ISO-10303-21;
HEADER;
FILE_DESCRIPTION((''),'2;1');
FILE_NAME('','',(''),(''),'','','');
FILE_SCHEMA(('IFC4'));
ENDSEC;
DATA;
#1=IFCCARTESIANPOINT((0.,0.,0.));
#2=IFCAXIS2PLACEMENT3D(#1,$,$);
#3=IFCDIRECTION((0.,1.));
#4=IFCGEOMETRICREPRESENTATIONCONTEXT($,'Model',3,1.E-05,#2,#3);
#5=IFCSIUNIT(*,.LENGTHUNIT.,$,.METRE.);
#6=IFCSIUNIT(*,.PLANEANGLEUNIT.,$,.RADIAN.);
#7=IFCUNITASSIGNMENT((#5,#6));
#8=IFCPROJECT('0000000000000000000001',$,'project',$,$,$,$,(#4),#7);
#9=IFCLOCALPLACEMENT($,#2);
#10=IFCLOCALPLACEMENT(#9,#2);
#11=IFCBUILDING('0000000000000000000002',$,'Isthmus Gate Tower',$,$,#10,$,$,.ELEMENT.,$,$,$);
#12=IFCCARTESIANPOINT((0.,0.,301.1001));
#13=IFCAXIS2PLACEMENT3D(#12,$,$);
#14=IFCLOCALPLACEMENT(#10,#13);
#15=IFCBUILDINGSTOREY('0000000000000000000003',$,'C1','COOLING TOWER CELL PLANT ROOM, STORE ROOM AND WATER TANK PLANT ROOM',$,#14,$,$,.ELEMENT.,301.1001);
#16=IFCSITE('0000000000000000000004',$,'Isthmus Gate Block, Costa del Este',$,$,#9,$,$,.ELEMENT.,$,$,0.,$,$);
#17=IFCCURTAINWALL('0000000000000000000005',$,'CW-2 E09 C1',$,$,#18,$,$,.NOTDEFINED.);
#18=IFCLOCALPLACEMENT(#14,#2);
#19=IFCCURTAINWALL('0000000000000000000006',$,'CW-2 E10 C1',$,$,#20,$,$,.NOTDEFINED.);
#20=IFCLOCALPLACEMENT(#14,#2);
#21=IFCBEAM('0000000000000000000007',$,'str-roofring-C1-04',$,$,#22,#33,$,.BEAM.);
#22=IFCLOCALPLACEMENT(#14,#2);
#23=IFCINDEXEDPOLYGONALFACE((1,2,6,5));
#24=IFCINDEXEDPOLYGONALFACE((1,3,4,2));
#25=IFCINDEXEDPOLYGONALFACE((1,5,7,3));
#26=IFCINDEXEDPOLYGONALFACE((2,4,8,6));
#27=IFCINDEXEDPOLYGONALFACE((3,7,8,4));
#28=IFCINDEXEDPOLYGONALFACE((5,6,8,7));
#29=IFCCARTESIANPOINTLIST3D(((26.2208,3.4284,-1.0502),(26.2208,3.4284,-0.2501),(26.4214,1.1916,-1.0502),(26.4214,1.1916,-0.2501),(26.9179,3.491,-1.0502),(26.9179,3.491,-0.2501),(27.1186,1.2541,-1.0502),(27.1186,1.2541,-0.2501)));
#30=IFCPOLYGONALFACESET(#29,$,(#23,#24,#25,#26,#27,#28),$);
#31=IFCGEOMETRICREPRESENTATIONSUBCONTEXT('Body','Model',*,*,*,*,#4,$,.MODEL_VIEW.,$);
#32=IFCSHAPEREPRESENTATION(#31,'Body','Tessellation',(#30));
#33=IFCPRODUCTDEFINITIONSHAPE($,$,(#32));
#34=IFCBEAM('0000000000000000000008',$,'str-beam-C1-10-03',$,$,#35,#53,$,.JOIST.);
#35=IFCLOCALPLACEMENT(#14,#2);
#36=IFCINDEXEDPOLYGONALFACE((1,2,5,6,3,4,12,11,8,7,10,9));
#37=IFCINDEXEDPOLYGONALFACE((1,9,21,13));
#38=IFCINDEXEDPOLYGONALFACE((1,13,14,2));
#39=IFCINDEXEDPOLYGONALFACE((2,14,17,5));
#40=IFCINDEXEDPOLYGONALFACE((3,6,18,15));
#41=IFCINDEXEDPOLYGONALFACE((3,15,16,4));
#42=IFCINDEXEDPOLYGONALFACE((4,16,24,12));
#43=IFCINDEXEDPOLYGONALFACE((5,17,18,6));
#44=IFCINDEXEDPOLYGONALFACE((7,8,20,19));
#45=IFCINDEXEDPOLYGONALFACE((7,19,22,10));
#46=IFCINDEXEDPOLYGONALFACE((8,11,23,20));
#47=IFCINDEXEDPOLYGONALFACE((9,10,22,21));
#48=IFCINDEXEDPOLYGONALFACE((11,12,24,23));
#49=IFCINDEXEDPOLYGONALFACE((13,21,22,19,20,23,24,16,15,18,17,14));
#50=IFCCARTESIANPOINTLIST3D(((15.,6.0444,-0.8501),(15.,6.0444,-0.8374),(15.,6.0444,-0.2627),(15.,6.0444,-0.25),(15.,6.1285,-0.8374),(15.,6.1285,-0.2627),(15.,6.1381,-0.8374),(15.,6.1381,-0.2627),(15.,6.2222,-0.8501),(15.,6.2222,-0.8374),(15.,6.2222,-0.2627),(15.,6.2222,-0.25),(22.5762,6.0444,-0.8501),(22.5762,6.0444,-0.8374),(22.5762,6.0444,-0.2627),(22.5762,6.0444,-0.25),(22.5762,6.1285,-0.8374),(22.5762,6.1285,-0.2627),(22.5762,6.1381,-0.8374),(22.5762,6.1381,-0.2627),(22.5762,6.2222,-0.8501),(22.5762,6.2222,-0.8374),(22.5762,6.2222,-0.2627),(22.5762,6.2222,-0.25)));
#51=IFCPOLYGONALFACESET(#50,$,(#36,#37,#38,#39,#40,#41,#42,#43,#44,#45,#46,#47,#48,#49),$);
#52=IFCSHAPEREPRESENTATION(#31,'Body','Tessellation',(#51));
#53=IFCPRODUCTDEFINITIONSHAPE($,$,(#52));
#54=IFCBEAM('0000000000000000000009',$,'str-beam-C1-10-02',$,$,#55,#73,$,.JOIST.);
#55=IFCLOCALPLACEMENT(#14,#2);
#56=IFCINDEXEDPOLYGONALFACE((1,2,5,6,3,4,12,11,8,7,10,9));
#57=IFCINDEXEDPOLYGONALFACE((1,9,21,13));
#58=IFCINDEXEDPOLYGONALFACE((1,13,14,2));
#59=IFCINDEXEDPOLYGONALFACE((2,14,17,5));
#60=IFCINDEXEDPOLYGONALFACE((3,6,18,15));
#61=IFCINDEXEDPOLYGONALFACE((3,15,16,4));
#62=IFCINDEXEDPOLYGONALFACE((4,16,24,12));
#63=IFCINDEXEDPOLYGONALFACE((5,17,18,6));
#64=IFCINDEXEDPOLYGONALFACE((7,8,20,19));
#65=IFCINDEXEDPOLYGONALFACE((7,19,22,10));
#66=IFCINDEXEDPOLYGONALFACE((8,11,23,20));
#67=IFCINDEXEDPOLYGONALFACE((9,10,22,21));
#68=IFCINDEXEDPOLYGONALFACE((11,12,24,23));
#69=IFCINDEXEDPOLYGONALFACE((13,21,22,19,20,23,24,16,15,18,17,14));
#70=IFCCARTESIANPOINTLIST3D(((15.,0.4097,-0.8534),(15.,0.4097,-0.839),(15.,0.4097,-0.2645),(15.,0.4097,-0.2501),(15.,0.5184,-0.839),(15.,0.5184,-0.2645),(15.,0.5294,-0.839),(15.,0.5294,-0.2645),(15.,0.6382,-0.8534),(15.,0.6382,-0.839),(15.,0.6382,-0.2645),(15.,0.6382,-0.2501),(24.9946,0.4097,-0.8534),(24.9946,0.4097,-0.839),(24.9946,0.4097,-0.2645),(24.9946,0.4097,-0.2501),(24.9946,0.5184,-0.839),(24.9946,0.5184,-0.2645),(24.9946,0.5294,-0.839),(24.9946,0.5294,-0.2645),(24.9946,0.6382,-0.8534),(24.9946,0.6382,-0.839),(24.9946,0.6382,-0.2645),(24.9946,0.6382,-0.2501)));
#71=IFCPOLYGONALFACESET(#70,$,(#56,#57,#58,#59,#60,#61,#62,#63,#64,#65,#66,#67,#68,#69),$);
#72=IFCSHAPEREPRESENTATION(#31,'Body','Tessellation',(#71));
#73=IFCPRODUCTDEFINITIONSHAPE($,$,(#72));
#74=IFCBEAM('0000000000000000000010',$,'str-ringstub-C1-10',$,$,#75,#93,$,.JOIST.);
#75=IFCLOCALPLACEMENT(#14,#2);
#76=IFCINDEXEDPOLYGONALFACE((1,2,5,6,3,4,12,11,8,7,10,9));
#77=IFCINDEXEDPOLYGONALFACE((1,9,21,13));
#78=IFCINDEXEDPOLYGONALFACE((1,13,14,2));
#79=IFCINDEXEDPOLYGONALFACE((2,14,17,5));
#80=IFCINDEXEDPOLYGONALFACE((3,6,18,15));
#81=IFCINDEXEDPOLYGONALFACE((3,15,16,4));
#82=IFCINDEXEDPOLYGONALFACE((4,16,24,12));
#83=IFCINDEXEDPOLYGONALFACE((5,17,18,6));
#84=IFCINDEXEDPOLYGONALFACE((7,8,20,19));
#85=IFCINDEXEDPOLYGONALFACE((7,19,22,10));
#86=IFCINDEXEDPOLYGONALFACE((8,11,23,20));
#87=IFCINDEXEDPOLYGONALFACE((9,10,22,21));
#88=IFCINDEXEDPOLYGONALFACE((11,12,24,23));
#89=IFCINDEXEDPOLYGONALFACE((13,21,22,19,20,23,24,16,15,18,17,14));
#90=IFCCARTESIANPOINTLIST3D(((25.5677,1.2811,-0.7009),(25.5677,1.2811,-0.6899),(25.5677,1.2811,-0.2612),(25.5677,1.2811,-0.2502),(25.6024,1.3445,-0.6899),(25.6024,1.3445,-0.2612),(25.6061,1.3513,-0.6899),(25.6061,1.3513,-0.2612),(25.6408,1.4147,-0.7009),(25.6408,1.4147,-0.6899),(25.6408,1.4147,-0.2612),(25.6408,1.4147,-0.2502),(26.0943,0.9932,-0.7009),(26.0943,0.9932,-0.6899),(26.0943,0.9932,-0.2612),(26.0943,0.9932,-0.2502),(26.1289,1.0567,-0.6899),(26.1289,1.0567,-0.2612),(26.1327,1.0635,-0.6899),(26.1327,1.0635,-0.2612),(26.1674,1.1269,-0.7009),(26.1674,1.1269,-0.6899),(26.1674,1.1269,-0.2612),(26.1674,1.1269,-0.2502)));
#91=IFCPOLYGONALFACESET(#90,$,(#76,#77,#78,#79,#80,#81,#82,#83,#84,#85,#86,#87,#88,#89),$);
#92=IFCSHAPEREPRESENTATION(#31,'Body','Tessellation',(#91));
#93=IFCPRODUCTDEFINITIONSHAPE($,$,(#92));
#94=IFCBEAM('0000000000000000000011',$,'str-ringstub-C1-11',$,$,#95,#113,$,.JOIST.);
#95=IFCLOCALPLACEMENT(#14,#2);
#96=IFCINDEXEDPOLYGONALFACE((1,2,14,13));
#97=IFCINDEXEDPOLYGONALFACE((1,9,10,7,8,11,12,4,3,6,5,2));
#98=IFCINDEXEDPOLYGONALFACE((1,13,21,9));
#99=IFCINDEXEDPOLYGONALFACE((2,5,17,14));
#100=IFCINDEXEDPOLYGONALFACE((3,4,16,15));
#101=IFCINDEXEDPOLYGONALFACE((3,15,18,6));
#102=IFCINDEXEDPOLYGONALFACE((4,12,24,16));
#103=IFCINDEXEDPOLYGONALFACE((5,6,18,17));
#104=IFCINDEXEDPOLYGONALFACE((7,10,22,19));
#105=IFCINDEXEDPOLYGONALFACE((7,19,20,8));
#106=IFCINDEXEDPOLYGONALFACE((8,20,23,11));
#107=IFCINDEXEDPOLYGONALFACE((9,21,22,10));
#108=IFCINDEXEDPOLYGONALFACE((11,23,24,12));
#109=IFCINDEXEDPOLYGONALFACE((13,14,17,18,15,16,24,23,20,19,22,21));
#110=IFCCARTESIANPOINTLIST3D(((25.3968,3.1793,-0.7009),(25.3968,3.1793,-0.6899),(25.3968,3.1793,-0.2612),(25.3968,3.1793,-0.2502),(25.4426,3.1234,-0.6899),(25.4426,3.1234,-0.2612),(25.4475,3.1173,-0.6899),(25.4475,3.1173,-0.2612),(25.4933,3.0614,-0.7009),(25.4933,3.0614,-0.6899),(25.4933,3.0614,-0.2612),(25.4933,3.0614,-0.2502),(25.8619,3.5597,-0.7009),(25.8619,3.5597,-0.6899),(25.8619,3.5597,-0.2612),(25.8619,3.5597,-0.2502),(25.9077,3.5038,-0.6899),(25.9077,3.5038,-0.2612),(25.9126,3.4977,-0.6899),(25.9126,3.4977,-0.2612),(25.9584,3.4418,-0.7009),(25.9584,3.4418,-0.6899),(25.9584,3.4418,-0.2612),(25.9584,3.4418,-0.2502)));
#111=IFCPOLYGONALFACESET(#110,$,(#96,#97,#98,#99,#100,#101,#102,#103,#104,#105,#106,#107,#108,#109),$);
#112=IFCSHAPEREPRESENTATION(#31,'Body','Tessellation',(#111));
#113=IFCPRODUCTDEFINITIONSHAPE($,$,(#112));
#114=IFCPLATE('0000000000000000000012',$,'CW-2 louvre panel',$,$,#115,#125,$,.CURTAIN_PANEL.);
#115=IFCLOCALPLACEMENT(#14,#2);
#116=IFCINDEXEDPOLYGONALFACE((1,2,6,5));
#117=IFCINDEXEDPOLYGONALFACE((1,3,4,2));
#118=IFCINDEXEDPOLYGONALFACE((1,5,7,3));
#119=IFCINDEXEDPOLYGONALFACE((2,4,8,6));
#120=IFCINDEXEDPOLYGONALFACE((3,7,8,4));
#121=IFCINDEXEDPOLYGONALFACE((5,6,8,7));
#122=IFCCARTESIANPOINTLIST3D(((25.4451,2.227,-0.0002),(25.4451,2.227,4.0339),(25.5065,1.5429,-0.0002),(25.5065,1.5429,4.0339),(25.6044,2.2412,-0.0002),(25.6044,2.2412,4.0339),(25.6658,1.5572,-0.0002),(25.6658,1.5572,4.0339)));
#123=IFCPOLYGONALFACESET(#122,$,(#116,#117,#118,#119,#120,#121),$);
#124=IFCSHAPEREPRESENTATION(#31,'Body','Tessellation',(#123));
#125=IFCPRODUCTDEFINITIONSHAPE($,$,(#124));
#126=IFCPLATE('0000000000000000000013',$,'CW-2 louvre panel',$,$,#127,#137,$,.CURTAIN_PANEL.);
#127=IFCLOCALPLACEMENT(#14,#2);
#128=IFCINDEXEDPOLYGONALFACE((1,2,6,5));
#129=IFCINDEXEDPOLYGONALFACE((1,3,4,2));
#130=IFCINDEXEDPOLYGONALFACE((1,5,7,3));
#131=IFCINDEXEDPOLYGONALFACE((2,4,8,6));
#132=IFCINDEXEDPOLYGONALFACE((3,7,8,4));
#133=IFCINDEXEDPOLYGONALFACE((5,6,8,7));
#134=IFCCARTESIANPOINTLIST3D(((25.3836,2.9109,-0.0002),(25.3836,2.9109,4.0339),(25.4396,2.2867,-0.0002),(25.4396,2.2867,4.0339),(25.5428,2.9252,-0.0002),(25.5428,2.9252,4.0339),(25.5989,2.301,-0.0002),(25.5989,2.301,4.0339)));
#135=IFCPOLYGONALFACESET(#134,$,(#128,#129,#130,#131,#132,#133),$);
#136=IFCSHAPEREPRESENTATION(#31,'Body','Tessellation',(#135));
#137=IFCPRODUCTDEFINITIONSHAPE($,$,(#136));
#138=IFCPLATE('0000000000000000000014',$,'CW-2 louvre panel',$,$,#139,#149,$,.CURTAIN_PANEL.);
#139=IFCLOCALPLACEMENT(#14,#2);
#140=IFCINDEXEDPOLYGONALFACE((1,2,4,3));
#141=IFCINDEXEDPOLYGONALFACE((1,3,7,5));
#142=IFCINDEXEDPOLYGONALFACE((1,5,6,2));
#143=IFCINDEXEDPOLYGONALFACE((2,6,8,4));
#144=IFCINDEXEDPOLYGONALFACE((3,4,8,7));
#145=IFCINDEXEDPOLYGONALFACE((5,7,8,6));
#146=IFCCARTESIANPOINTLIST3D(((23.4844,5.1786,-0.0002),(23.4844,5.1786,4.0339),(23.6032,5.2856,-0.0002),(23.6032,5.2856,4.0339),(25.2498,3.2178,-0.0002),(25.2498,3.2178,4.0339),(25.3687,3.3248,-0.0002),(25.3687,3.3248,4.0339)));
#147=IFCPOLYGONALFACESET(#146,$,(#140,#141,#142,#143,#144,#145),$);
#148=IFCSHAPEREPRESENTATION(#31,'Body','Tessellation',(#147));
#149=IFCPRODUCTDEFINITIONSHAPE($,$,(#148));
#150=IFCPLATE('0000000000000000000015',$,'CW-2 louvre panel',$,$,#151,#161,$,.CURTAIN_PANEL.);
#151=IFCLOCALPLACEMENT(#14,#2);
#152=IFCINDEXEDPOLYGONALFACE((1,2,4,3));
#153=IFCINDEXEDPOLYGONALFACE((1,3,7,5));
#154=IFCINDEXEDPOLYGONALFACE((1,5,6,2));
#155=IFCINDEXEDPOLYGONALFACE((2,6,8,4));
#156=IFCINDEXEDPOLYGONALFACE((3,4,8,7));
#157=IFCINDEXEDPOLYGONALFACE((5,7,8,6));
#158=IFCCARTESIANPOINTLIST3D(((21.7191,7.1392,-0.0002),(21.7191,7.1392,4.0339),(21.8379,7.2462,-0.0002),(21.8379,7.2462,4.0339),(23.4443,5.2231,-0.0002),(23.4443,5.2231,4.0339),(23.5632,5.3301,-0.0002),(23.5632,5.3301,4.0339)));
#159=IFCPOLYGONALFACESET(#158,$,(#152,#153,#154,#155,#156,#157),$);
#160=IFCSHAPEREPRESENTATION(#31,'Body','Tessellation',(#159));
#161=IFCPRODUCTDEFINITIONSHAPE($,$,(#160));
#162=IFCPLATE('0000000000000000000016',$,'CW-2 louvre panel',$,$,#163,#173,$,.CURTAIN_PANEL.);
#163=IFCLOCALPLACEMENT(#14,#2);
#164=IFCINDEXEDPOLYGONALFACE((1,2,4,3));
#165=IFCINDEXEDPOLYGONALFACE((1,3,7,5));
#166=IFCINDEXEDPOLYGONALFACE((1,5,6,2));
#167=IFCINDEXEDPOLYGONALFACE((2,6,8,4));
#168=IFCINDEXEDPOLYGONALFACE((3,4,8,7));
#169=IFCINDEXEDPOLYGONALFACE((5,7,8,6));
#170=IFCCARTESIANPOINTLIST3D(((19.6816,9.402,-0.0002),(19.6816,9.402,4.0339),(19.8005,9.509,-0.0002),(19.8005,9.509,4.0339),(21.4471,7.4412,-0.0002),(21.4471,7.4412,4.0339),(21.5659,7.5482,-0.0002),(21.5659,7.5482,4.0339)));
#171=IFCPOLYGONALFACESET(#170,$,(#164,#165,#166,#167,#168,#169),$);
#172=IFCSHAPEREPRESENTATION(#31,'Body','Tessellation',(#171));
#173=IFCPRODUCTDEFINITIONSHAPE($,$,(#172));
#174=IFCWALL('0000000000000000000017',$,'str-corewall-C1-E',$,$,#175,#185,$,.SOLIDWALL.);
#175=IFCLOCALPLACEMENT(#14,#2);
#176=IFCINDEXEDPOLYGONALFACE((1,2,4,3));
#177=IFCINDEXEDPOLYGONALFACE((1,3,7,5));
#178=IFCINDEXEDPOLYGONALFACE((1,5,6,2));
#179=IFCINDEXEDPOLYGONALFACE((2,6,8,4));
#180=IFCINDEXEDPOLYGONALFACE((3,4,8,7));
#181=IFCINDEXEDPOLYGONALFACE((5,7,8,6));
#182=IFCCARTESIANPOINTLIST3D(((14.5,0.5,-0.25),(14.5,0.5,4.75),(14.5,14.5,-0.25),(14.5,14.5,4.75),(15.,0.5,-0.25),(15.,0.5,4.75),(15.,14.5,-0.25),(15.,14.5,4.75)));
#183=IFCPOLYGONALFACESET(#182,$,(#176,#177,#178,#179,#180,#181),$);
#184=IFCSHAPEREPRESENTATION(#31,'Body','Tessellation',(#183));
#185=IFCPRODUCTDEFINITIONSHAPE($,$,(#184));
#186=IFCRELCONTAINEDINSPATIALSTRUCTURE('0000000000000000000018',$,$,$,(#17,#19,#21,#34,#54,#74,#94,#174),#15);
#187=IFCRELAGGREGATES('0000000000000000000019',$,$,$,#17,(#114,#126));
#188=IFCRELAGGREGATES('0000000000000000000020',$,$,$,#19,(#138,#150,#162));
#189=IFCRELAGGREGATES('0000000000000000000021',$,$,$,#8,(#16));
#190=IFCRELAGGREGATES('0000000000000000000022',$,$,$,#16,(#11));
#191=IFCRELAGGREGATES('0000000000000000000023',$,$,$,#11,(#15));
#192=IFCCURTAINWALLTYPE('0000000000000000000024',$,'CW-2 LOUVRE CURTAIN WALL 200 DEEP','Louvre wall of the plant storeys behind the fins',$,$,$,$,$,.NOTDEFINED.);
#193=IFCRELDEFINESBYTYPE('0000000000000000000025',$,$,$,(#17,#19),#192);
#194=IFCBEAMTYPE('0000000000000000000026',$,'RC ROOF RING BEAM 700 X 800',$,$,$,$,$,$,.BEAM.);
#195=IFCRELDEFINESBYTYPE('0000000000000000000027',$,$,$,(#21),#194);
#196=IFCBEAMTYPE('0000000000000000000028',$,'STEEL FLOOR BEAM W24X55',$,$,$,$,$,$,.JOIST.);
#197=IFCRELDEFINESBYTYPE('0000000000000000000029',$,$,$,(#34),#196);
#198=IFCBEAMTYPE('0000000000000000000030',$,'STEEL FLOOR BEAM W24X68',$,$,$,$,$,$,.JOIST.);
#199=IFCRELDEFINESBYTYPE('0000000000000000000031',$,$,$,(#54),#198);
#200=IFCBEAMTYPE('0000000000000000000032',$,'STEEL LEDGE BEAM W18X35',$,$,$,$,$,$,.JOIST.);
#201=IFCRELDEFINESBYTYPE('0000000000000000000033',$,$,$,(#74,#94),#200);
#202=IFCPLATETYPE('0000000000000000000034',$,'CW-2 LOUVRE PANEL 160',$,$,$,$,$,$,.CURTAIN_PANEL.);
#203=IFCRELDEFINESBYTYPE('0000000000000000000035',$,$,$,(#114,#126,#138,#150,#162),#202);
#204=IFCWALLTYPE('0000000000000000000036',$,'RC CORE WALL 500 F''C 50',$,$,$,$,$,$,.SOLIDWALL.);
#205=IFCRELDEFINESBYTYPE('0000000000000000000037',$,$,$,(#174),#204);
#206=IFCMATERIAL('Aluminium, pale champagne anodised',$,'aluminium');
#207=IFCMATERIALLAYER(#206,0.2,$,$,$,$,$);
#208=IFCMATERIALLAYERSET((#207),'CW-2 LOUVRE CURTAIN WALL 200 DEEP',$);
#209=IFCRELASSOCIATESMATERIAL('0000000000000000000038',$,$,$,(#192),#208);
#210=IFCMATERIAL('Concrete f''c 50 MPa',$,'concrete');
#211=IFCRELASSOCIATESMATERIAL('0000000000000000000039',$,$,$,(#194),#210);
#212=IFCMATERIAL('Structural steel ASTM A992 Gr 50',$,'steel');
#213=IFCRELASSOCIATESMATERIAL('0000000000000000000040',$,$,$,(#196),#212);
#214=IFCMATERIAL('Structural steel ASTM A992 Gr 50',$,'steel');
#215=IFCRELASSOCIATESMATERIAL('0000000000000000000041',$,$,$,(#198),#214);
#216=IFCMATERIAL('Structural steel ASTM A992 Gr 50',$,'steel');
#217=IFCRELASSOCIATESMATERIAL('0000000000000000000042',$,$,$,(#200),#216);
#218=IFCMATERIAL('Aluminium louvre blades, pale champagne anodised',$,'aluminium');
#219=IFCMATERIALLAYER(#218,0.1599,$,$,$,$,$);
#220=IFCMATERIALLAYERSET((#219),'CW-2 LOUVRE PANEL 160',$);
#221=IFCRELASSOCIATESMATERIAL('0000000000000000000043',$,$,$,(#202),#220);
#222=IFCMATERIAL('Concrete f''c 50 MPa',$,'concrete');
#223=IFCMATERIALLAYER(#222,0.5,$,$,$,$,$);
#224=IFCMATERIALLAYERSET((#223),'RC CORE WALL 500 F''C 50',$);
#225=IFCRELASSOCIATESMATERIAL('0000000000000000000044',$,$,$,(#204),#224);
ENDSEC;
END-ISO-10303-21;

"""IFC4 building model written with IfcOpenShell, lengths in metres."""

from ifc_helpers import new_model, si_unit, direction, frame, frame_2d, origin, origin_2d, place, context, subcontext, project, spatial, rectangle, i_section, extrude, material, layer, layer_set, material_profile, profile_set, type_object, element, aggregate, save


model = new_model("IFC4")

# Units and contexts
model_context = context("Model", 3, precision=1e-05, world=origin(), true_north=direction((0.0, 1.0)))
body_context = subcontext(model_context, "Body", "Model", "MODEL_VIEW")
ifc_project = project(units=[si_unit("LENGTHUNIT", "METRE"), si_unit("PLANEANGLEUNIT", "RADIAN")], contexts=[model_context])

# Site, building, storey
site_placement = place(None, origin())
site = spatial("IfcSite", under=ifc_project, at=site_placement, Name="Isthmus Gate Block, Costa del Este", CompositionType="ELEMENT", RefElevation=0.0)
building_placement = place(site_placement, origin())
building = spatial("IfcBuilding", under=site, at=building_placement, Name="Isthmus Gate Tower", CompositionType="ELEMENT")
storey_placement = place(building_placement, frame((0.0, 0.0, 301.1001)))
storey = spatial("IfcBuildingStorey", under=building, at=storey_placement, Name="C1", Description="COOLING TOWER CELL PLANT ROOM, STORE ROOM AND WATER TANK PLANT ROOM", CompositionType="ELEMENT", Elevation=301.1001)

# Curtain walls
ifc_material_1 = material(Name="Aluminium, pale champagne anodised", Category="aluminium")
ifc_layer_1 = layer(ifc_material_1, 0.2)
ifc_layer_set_1 = layer_set([ifc_layer_1], Name="CW-2 LOUVRE CURTAIN WALL 200 DEEP")
curtain_wall_type = type_object("IfcCurtainWallType", Name="CW-2 LOUVRE CURTAIN WALL 200 DEEP", Description="Louvre wall of the plant storeys behind the fins", PredefinedType="NOTDEFINED", material=ifc_layer_set_1)
curtain_wall_1_placement = place(storey_placement, origin())
curtain_wall_1 = element("IfcCurtainWall", 1, at=curtain_wall_1_placement, inside=storey, type_object=curtain_wall_type, Name="CW-2 E09 C1", PredefinedType="NOTDEFINED")
curtain_wall_2_placement = place(storey_placement, origin())
curtain_wall_2 = element("IfcCurtainWall", 2, at=curtain_wall_2_placement, inside=storey, type_object=curtain_wall_type, Name="CW-2 E10 C1", PredefinedType="NOTDEFINED")

# Beams
ifc_material_2 = material(Name="Concrete f'c 50 MPa", Category="concrete")
ifc_material_profile_1 = material_profile(ifc_material_2, rectangle(XDim=0.7, YDim=0.8, at=origin_2d()), Name="RC 700X800")
ifc_profile_set_1 = profile_set([ifc_material_profile_1], Name="Concrete f'c 50 MPa")
beam_type_1 = type_object("IfcBeamType", Name="RC ROOF RING BEAM 700 X 800", PredefinedType="BEAM", material=ifc_profile_set_1)
beam_1_placement = place(storey_placement, frame((26.5693, 3.4597, -0.6501), z_axis=(0.089359, -0.995999, 0.0), x_axis=(0.995999, 0.089359, 0.0)))
element("IfcBeam", 3, at=beam_1_placement, inside=storey, type_object=beam_type_1, Name="str-roofring-C1-04", PredefinedType="BEAM", context=body_context, shape_type="SweptSolid", body=[
    extrude(rectangle(XDim=0.7, YDim=0.8, at=origin_2d()), origin(), (0.0, 0.0, 1.0), 2.2458),
])
ifc_material_3 = material(Name="Structural steel ASTM A992 Gr 50", Category="steel")
ifc_material_profile_2 = material_profile(ifc_material_3, i_section(OverallWidth=0.1777, OverallDepth=0.6001, WebThickness=0.0095, FlangeThickness=0.0127, at=origin_2d()), Name="W24X55")
ifc_profile_set_2 = profile_set([ifc_material_profile_2], Name="Structural steel ASTM A992 Gr 50")
beam_type_2 = type_object("IfcBeamType", Name="STEEL FLOOR BEAM W24X55", PredefinedType="JOIST", material=ifc_profile_set_2)
beam_2_placement = place(storey_placement, frame((15.0, 6.1333, -0.55), z_axis=(1.0, 0.0, 0.0), x_axis=(0.0, 1.0, 0.0)))
element("IfcBeam", 4, at=beam_2_placement, inside=storey, type_object=beam_type_2, Name="str-beam-C1-10-03", PredefinedType="JOIST", context=body_context, shape_type="SweptSolid", body=[
    extrude(i_section(OverallWidth=0.1777, OverallDepth=0.6001, WebThickness=0.0095, FlangeThickness=0.0127, at=origin_2d()), origin(), (0.0, 0.0, 1.0), 7.5762),
])
ifc_material_4 = material(Name="Structural steel ASTM A992 Gr 50", Category="steel")
ifc_material_profile_3 = material_profile(ifc_material_4, i_section(OverallWidth=0.2285, OverallDepth=0.6033, WebThickness=0.011, FlangeThickness=0.0144, at=origin_2d()), Name="W24X68")
ifc_profile_set_3 = profile_set([ifc_material_profile_3], Name="Structural steel ASTM A992 Gr 50")
beam_type_3 = type_object("IfcBeamType", Name="STEEL FLOOR BEAM W24X68", PredefinedType="JOIST", material=ifc_profile_set_3)
beam_3_placement = place(storey_placement, frame((15.0, 0.5239, -0.5518), z_axis=(1.0, 0.0, 0.0), x_axis=(0.0, 1.0, 0.0)))
element("IfcBeam", 5, at=beam_3_placement, inside=storey, type_object=beam_type_3, Name="str-beam-C1-10-02", PredefinedType="JOIST", context=body_context, shape_type="SweptSolid", body=[
    extrude(i_section(OverallWidth=0.2285, OverallDepth=0.6033, WebThickness=0.011, FlangeThickness=0.0144, at=origin_2d()), origin(), (0.0, 0.0, 1.0), 9.9946),
])
ifc_material_5 = material(Name="Structural steel ASTM A992 Gr 50", Category="steel")
ifc_material_profile_4 = material_profile(ifc_material_5, i_section(OverallWidth=0.1523, OverallDepth=0.4507, WebThickness=0.0078, FlangeThickness=0.011, at=origin_2d()), Name="W18X35")
ifc_profile_set_4 = profile_set([ifc_material_profile_4], Name="Structural steel ASTM A992 Gr 50")
beam_type_4 = type_object("IfcBeamType", Name="STEEL LEDGE BEAM W18X35", PredefinedType="JOIST", material=ifc_profile_set_4)
beam_4_placement = place(storey_placement, frame((25.6042, 1.3479, -0.4756), z_axis=(0.877475, -0.479622, 0.0), x_axis=(0.479622, 0.877475, 0.0)))
element("IfcBeam", 6, at=beam_4_placement, inside=storey, type_object=beam_type_4, Name="str-ringstub-C1-10", PredefinedType="JOIST", context=body_context, shape_type="SweptSolid", body=[
    extrude(i_section(OverallWidth=0.1523, OverallDepth=0.4507, WebThickness=0.0078, FlangeThickness=0.011, at=origin_2d()), origin(), (0.0, 0.0, 1.0), 0.6001),
])
beam_5_placement = place(storey_placement, frame((25.4451, 3.1204, -0.4756), z_axis=(0.774084, 0.633083, 0.0), x_axis=(-0.633083, 0.774084, 0.0)))
element("IfcBeam", 7, at=beam_5_placement, inside=storey, type_object=beam_type_4, Name="str-ringstub-C1-11", PredefinedType="JOIST", context=body_context, shape_type="SweptSolid", body=[
    extrude(i_section(OverallWidth=0.1523, OverallDepth=0.4507, WebThickness=0.0078, FlangeThickness=0.011, at=origin_2d()), origin(), (0.0, 0.0, 1.0), 0.6008),
])

# Plates
ifc_material_6 = material(Name="Aluminium louvre blades, pale champagne anodised", Category="aluminium")
ifc_layer_2 = layer(ifc_material_6, 0.1599)
ifc_layer_set_2 = layer_set([ifc_layer_2], Name="CW-2 LOUVRE PANEL 160")
plate_type = type_object("IfcPlateType", Name="CW-2 LOUVRE PANEL 160", PredefinedType="CURTAIN_PANEL", material=ifc_layer_set_2)
plate_1_placement = place(storey_placement, frame((25.5554, 1.8921, -0.0002), z_axis=(0.0, 0.0, 1.0), x_axis=(-0.089397, 0.995996, 0.0)))
plate_1 = element("IfcPlate", 8, at=plate_1_placement, type_object=plate_type, Name="CW-2 louvre panel", PredefinedType="CURTAIN_PANEL", context=body_context, shape_type="SweptSolid", body=[
    extrude(rectangle(XDim=0.6868, YDim=0.1599, at=origin_2d()), origin(), (0.0, 0.0, 1.0), 4.0342),
])
plate_2_placement = place(storey_placement, frame((25.4912, 2.606, -0.0002), z_axis=(0.0, 0.0, 1.0), x_axis=(-0.089397, 0.995996, 0.0)))
plate_2 = element("IfcPlate", 9, at=plate_2_placement, type_object=plate_type, Name="CW-2 louvre panel", PredefinedType="CURTAIN_PANEL", context=body_context, shape_type="SweptSolid", body=[
    extrude(rectangle(XDim=0.6267, YDim=0.1599, at=origin_2d()), origin(), (0.0, 0.0, 1.0), 4.0342),
])
aggregate(curtain_wall_1, [plate_1, plate_2])
plate_3_placement = place(storey_placement, frame((24.4265, 4.2517, -0.0002), z_axis=(0.0, 0.0, 1.0), x_axis=(-0.669131, 0.743145, 0.0)))
plate_3 = element("IfcPlate", 10, at=plate_3_placement, type_object=plate_type, Name="CW-2 louvre panel", PredefinedType="CURTAIN_PANEL", context=body_context, shape_type="SweptSolid", body=[
    extrude(rectangle(XDim=2.6384, YDim=0.1599, at=origin_2d()), origin(), (0.0, 0.0, 1.0), 4.0342),
])
plate_4_placement = place(storey_placement, frame((22.6411, 6.2346, -0.0002), z_axis=(0.0, 0.0, 1.0), x_axis=(-0.669131, 0.743145, 0.0)))
plate_4 = element("IfcPlate", 11, at=plate_4_placement, type_object=plate_type, Name="CW-2 louvre panel", PredefinedType="CURTAIN_PANEL", context=body_context, shape_type="SweptSolid", body=[
    extrude(rectangle(XDim=2.5784, YDim=0.1599, at=origin_2d()), origin(), (0.0, 0.0, 1.0), 4.0342),
])
plate_5_placement = place(storey_placement, frame((20.6238, 8.4751, -0.0002), z_axis=(0.0, 0.0, 1.0), x_axis=(-0.669131, 0.743145, 0.0)))
plate_5 = element("IfcPlate", 12, at=plate_5_placement, type_object=plate_type, Name="CW-2 louvre panel", PredefinedType="CURTAIN_PANEL", context=body_context, shape_type="SweptSolid", body=[
    extrude(rectangle(XDim=2.6384, YDim=0.1599, at=origin_2d()), origin(), (0.0, 0.0, 1.0), 4.0342),
])
aggregate(curtain_wall_2, [plate_3, plate_4, plate_5])

# Wall
ifc_material_7 = material(Name="Concrete f'c 50 MPa", Category="concrete")
ifc_layer_3 = layer(ifc_material_7, 0.5)
ifc_layer_set_3 = layer_set([ifc_layer_3], Name="RC CORE WALL 500 F'C 50")
wall_type_1 = type_object("IfcWallType", Name="RC CORE WALL 500 F'C 50", PredefinedType="SOLIDWALL", material=ifc_layer_set_3)
wall_1_placement = place(storey_placement, frame((14.75, 0.5, -0.25), z_axis=(0.0, 0.0, 1.0), x_axis=(0.0, 1.0, 0.0)))
element("IfcWall", 13, at=wall_1_placement, inside=storey, type_object=wall_type_1, Name="str-corewall-C1-E", PredefinedType="SOLIDWALL", context=body_context, shape_type="SweptSolid", body=[
    extrude(rectangle(XDim=14.0, YDim=0.5, at=frame_2d((7.0, 0.0))), origin(), (0.0, 0.0, 1.0), 5.0),
])

save(model, "model.ifc")
